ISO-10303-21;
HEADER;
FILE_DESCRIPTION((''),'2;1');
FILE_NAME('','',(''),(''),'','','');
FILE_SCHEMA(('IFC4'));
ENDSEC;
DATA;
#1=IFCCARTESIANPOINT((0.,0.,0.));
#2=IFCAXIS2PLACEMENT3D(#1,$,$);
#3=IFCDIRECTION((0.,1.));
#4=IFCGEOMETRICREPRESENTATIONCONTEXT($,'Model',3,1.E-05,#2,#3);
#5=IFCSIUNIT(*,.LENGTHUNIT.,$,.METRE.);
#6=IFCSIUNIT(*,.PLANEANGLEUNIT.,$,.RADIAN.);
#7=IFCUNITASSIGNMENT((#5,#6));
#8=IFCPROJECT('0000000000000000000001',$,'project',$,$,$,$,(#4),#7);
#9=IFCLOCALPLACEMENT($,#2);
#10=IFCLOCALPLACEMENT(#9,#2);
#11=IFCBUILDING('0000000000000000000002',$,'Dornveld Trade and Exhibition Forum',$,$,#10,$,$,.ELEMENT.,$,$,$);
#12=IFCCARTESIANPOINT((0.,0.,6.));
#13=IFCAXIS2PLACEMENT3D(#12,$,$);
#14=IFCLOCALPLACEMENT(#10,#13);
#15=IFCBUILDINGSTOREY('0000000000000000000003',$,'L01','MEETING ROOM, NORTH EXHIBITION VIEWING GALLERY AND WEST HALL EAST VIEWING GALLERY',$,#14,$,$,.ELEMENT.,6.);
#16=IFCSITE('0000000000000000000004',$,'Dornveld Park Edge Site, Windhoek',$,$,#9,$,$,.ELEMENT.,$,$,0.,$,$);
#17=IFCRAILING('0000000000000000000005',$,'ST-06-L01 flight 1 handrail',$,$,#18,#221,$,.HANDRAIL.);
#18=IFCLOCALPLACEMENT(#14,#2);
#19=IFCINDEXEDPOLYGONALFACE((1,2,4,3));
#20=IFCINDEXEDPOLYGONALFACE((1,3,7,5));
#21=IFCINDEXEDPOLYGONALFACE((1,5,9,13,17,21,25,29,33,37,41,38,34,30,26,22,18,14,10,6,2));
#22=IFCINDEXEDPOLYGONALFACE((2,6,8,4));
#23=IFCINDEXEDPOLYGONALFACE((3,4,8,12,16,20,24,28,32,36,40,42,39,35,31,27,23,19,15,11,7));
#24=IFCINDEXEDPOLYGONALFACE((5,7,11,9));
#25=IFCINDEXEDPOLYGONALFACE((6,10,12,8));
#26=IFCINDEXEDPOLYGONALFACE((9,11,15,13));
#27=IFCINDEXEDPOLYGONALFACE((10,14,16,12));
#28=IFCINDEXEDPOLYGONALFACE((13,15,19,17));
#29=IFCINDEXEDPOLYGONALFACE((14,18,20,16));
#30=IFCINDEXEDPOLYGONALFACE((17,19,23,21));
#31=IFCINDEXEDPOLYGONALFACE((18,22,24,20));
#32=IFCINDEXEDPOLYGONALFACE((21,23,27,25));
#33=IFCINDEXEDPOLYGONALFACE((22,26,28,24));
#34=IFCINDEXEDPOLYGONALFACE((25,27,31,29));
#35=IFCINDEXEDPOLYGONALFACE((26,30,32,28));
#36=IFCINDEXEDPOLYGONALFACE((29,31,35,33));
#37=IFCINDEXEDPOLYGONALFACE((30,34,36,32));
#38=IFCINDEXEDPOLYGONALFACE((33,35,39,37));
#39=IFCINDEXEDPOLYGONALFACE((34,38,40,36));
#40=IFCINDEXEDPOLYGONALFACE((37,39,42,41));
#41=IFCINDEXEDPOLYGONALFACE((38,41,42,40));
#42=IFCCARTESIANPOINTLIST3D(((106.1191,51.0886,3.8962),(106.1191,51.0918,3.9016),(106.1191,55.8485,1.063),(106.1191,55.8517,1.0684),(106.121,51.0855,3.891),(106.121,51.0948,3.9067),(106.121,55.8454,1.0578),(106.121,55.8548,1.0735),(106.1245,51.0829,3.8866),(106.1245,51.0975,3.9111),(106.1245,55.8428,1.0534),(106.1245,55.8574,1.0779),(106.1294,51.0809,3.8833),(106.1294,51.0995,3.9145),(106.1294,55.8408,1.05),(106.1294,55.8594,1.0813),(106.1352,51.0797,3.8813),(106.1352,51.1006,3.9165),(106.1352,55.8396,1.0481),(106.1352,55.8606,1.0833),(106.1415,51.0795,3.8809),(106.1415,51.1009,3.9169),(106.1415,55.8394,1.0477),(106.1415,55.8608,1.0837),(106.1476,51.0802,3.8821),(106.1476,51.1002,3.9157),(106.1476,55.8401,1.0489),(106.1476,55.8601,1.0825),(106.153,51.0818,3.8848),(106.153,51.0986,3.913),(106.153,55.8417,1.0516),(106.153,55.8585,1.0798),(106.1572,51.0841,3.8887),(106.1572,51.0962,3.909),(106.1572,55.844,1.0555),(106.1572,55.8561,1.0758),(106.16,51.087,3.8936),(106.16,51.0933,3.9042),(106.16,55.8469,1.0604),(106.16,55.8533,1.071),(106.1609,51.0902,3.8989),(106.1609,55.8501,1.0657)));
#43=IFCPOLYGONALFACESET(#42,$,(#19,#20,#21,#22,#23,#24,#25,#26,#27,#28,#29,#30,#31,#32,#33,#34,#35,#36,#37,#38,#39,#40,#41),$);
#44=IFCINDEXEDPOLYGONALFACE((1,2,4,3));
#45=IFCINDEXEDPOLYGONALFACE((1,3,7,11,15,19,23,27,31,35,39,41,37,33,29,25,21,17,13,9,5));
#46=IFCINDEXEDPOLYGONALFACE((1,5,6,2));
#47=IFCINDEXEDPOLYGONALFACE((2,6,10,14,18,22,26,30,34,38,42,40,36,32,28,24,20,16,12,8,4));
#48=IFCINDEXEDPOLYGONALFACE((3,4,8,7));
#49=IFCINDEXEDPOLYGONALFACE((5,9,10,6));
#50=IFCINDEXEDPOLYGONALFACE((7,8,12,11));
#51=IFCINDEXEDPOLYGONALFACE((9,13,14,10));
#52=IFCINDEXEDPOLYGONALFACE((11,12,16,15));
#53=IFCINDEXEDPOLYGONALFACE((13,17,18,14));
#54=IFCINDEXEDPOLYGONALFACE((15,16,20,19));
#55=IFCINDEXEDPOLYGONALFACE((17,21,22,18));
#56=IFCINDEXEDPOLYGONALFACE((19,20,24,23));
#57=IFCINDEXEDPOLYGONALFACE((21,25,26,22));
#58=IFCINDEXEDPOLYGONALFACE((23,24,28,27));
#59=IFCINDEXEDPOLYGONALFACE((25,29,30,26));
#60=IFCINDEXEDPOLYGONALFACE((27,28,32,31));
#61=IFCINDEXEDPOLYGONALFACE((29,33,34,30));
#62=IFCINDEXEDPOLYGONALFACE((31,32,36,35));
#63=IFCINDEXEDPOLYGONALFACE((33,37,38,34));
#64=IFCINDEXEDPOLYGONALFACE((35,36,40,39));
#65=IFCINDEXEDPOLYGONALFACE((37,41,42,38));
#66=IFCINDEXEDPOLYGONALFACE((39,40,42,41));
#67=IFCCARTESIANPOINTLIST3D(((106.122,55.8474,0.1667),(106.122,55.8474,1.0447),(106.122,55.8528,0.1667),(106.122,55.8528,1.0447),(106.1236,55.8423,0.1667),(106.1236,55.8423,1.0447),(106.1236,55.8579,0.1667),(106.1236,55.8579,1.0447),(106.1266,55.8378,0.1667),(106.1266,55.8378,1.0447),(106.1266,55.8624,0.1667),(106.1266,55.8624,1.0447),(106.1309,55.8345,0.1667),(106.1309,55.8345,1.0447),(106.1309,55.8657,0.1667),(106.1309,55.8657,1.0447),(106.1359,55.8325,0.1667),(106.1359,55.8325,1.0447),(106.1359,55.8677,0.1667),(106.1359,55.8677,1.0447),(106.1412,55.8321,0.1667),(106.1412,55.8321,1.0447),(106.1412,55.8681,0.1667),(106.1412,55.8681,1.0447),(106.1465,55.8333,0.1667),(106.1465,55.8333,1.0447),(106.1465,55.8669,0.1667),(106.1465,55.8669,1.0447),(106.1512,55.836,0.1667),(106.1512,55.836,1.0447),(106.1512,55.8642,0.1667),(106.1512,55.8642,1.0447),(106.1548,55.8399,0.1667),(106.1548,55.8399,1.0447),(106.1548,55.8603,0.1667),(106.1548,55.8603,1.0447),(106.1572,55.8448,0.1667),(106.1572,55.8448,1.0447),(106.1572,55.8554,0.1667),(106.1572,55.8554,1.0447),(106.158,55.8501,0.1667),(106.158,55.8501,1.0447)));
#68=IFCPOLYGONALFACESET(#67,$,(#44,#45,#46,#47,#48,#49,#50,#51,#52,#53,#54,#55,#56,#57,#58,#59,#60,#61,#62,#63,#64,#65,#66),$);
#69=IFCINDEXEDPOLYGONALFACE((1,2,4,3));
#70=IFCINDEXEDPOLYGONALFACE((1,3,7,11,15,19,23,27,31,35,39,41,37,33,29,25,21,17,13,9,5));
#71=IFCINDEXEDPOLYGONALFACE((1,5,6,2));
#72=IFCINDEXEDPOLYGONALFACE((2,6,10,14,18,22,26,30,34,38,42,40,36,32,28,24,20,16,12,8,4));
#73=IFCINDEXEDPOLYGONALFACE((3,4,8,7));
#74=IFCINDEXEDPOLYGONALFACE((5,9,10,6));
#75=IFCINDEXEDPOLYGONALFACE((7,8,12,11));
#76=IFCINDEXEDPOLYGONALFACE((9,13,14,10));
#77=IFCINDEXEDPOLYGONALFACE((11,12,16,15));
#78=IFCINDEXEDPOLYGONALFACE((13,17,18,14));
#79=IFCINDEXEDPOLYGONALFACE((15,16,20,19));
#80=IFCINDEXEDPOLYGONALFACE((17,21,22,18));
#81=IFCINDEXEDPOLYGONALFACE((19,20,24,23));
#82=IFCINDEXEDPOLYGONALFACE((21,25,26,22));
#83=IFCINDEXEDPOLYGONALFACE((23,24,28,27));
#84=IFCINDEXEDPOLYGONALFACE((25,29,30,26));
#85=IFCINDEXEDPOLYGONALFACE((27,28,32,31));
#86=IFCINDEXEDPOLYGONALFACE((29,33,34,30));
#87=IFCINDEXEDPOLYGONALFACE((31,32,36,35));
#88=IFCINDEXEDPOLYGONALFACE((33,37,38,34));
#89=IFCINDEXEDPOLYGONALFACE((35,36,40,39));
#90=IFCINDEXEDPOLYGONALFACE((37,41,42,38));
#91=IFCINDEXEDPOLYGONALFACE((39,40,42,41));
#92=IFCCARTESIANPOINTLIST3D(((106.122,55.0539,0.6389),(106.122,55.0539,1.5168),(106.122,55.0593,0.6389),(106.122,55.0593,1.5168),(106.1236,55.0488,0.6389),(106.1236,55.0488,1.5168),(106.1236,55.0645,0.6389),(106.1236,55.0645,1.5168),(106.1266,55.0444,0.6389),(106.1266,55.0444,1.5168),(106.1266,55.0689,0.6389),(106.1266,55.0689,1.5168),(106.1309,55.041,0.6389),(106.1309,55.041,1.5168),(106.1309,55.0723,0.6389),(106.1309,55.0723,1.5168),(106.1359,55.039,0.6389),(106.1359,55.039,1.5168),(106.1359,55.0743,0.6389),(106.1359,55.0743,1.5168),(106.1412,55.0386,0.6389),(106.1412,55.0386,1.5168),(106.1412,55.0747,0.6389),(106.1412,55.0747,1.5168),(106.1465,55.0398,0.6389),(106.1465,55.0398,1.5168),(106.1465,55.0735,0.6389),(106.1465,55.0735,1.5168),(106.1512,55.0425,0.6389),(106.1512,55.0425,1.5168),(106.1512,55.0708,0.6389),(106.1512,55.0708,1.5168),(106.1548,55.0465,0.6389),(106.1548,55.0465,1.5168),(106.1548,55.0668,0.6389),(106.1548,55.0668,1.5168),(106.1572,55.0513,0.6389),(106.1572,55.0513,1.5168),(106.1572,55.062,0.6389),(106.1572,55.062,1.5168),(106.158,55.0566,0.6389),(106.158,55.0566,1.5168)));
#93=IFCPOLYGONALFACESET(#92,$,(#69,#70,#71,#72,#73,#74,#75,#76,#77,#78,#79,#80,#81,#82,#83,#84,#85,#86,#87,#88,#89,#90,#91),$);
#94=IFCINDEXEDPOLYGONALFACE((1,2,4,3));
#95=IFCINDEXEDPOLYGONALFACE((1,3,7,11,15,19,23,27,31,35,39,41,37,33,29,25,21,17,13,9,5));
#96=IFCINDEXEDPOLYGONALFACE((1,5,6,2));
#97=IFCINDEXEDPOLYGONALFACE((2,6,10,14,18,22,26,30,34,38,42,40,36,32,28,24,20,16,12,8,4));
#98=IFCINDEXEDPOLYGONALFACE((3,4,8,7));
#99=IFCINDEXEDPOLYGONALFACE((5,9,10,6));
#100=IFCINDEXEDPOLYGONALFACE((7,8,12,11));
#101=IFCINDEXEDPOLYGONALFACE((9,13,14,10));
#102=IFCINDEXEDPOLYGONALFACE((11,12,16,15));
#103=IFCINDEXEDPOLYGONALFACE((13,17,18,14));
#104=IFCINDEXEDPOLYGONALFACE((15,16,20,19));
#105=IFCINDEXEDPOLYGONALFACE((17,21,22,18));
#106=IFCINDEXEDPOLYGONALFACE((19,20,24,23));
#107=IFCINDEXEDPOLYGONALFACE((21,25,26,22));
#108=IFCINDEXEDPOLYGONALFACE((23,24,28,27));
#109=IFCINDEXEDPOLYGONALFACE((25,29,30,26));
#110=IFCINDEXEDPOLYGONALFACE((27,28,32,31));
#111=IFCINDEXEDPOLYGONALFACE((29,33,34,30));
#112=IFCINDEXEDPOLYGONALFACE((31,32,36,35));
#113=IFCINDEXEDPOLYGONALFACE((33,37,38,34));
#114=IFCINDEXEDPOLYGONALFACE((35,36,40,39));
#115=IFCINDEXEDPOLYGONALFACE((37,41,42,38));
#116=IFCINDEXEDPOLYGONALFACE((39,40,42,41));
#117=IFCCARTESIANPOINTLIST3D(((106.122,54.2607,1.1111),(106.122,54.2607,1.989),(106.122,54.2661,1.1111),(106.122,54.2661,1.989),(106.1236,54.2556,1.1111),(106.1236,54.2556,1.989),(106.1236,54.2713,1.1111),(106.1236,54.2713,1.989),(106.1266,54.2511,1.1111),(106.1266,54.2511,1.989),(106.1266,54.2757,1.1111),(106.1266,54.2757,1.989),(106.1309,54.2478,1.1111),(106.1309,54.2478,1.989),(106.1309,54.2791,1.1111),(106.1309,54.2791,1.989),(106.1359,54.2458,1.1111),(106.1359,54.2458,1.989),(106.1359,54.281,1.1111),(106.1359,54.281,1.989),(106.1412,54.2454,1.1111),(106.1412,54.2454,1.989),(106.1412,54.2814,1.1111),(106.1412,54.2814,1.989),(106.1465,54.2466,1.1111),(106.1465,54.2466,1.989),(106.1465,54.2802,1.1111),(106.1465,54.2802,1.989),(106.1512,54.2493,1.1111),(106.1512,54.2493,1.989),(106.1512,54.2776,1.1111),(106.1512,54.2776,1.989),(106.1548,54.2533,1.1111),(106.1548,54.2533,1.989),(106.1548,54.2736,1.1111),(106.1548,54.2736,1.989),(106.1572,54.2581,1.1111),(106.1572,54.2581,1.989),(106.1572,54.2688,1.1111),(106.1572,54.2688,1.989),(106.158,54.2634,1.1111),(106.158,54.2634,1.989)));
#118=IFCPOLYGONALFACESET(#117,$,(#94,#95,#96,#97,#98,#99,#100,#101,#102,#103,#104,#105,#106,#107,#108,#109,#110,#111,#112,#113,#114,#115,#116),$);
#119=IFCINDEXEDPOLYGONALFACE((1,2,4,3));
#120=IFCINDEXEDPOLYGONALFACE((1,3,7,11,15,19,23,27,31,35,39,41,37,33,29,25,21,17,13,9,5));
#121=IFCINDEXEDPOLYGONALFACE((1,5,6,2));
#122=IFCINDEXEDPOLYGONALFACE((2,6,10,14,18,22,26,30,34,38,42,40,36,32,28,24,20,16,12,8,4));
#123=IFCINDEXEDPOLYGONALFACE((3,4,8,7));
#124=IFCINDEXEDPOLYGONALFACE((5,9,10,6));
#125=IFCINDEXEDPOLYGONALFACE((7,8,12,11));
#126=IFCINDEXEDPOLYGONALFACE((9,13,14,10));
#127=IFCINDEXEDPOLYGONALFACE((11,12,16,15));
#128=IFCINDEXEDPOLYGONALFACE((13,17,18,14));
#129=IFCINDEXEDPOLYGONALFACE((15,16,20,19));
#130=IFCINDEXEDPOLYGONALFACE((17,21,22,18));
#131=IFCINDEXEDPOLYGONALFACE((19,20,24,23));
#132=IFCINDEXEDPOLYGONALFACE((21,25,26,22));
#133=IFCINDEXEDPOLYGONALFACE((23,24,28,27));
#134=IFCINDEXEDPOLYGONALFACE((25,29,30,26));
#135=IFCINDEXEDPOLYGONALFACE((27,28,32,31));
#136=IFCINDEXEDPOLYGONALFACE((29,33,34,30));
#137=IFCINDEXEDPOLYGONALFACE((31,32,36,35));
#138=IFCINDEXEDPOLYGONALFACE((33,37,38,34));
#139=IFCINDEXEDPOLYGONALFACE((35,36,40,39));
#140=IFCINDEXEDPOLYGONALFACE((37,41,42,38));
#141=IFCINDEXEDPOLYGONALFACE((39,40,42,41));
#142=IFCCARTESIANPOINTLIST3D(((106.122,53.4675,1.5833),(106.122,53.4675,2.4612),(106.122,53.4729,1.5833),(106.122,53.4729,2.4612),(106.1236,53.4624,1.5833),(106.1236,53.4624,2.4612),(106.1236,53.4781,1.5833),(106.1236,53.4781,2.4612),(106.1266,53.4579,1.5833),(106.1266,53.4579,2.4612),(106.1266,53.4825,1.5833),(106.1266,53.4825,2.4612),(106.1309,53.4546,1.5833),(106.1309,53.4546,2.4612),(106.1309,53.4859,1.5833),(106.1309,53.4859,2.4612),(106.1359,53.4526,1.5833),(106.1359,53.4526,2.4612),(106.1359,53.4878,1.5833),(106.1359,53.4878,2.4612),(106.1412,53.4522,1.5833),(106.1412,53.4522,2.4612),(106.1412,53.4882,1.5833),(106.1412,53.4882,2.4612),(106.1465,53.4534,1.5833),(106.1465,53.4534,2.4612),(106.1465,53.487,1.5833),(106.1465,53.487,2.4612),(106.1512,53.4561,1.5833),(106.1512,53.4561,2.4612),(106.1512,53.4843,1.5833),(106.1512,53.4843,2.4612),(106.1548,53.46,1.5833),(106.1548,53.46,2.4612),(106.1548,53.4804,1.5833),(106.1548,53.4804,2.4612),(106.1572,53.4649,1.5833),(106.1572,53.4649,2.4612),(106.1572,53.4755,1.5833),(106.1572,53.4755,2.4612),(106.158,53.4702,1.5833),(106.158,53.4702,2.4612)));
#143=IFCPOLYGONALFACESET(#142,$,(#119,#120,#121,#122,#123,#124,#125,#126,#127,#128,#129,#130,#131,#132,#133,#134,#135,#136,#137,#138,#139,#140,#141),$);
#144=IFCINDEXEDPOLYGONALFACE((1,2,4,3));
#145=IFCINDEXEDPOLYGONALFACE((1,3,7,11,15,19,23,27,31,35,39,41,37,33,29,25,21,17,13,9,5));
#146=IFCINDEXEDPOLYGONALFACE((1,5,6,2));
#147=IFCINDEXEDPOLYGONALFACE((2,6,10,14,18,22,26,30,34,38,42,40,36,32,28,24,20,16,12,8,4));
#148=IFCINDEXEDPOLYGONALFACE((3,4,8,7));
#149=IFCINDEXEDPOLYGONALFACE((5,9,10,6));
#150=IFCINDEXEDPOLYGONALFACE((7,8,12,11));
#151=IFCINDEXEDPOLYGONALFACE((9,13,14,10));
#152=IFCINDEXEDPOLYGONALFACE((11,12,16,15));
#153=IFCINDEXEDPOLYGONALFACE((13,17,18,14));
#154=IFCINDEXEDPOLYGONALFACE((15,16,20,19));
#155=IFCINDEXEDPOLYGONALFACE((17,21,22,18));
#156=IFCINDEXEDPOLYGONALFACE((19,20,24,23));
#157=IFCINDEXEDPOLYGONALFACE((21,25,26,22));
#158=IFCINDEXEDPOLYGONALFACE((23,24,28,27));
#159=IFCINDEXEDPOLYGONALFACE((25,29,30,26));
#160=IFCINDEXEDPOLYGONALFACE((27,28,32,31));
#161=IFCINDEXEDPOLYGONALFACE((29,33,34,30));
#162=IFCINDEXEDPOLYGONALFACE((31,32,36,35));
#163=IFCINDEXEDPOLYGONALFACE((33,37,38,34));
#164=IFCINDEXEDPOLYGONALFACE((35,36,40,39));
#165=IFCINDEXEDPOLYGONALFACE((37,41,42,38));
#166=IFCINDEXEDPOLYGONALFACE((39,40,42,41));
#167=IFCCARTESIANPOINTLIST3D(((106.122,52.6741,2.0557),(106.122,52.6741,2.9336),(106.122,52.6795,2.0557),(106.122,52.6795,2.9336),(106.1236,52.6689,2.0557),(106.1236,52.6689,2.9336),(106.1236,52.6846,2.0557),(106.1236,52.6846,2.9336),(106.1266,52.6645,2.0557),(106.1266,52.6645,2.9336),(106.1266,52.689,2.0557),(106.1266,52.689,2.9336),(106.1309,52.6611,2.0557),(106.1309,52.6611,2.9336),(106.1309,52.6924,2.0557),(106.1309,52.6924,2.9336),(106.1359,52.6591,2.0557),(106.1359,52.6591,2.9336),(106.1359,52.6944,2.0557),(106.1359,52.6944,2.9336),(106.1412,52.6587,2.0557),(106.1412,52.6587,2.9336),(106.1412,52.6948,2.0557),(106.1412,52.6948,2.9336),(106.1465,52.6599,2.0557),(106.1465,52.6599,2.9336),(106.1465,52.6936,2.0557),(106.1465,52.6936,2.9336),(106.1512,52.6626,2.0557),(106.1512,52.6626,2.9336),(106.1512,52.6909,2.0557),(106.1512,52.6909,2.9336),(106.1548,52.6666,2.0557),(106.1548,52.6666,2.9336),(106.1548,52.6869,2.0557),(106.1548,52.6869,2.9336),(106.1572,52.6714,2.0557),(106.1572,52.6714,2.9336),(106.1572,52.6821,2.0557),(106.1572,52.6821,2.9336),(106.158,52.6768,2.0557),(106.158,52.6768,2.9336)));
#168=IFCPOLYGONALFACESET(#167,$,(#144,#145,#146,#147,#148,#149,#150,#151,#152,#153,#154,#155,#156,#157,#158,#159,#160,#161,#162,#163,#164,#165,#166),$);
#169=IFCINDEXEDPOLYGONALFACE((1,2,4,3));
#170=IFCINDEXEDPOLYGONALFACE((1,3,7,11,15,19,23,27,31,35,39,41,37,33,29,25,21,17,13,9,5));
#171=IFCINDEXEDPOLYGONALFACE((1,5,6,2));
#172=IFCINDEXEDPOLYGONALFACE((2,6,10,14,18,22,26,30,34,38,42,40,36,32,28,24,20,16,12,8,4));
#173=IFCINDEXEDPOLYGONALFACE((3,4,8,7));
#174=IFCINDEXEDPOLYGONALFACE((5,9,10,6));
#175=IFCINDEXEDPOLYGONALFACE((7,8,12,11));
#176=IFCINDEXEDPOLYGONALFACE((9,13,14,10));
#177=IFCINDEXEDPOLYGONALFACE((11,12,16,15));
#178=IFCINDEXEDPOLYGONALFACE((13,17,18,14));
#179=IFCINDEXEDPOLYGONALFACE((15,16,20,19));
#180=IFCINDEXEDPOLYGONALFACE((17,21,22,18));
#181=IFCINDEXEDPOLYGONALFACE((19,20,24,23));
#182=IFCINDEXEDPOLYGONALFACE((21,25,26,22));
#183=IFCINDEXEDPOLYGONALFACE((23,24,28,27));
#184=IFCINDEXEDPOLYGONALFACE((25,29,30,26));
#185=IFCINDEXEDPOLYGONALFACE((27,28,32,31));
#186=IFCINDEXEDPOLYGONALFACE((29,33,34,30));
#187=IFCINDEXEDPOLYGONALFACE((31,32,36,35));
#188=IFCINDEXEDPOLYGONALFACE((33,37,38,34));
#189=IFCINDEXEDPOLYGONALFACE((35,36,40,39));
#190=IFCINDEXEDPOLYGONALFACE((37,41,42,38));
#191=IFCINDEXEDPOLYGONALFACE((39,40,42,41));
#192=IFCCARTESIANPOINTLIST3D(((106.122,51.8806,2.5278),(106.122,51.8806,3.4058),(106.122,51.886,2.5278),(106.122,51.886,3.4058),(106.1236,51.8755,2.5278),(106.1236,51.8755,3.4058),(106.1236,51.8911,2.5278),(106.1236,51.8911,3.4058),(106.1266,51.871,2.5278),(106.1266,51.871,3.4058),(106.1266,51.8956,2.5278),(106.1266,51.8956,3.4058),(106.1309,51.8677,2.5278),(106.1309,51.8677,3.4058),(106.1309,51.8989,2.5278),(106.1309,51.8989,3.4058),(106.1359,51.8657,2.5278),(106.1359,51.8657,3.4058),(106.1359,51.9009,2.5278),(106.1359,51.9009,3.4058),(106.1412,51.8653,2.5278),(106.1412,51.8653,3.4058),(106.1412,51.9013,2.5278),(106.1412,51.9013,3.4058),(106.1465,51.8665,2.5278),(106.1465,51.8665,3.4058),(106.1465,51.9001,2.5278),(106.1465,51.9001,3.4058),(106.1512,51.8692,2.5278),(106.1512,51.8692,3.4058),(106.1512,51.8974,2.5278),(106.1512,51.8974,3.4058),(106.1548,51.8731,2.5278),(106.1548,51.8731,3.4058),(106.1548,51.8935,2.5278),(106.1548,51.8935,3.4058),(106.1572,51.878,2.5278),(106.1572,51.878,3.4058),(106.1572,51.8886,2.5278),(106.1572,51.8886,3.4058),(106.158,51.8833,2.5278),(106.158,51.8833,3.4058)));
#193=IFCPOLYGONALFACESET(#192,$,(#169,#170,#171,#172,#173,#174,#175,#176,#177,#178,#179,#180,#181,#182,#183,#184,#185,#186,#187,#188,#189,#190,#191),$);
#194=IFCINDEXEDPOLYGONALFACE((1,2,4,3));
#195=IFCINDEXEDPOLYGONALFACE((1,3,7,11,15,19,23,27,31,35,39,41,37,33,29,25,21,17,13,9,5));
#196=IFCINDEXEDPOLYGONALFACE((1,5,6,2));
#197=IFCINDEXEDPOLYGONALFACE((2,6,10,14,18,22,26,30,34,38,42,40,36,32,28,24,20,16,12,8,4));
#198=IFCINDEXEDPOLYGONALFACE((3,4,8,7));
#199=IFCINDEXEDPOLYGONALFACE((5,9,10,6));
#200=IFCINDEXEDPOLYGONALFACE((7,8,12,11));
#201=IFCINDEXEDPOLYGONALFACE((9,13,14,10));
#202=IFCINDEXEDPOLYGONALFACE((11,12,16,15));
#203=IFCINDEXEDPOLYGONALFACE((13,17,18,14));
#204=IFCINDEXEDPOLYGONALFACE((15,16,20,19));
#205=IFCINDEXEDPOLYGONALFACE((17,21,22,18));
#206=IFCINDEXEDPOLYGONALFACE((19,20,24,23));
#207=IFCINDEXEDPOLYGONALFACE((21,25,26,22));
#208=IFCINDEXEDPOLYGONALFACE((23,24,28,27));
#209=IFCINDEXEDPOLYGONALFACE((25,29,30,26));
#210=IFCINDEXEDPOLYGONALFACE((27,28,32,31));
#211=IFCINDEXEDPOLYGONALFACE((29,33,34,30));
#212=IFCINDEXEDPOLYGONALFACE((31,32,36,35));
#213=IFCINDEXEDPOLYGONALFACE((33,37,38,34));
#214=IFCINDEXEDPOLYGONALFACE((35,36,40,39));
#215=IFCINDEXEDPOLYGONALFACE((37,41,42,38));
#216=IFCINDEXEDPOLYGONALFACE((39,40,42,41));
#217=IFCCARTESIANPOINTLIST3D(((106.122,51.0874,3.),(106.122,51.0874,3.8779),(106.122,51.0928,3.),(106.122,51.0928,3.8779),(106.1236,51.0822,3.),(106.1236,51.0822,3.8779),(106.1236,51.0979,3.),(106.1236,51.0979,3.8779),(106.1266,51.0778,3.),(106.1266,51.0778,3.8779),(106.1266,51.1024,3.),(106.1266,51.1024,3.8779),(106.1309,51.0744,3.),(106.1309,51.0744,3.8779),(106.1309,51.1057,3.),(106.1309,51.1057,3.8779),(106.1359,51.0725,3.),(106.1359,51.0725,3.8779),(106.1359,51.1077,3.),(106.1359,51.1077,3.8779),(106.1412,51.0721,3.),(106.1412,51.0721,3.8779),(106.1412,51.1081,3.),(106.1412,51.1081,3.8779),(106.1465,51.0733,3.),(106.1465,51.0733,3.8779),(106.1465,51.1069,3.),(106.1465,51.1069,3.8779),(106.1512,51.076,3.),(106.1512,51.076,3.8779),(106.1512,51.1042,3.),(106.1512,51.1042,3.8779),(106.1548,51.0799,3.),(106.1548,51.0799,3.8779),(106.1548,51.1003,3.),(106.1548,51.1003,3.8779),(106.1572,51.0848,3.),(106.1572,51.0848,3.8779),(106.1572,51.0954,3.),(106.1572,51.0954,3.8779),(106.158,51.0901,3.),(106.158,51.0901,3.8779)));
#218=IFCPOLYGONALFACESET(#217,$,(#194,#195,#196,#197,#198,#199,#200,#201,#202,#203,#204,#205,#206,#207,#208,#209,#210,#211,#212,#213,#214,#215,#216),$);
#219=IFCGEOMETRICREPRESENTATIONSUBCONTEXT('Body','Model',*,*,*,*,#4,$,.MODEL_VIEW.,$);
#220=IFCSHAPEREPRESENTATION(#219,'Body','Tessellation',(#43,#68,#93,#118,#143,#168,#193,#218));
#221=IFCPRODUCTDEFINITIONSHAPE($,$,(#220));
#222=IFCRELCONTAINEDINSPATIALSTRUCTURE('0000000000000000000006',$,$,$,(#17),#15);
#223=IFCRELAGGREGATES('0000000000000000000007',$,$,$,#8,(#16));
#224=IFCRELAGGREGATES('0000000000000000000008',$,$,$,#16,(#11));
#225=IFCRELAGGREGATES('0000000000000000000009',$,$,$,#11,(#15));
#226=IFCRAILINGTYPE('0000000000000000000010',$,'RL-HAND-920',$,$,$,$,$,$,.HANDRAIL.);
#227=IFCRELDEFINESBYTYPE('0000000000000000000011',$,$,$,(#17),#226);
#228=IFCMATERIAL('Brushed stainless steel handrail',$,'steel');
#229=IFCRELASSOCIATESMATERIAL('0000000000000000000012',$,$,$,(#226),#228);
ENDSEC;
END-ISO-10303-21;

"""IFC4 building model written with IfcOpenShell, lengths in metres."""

from ifc_helpers import new_model, si_unit, direction, frame, origin, origin_2d, place, context, subcontext, project, spatial, circle, extrude, material, type_object, element, save


model = new_model("IFC4")

# Units and contexts
model_context = context("Model", 3, precision=1e-05, world=origin(), true_north=direction((0.0, 1.0)))
body_context = subcontext(model_context, "Body", "Model", "MODEL_VIEW")
ifc_project = project(units=[si_unit("LENGTHUNIT", "METRE"), si_unit("PLANEANGLEUNIT", "RADIAN")], contexts=[model_context])

# Site, building, storey
site_placement = place(None, origin())
site = spatial("IfcSite", under=ifc_project, at=site_placement, Name="Dornveld Park Edge Site, Windhoek", CompositionType="ELEMENT", RefElevation=0.0)
building_placement = place(site_placement, origin())
building = spatial("IfcBuilding", under=site, at=building_placement, Name="Dornveld Trade and Exhibition Forum", CompositionType="ELEMENT")
storey_placement = place(building_placement, frame((0.0, 0.0, 6.0)))
storey = spatial("IfcBuildingStorey", under=building, at=storey_placement, Name="L01", Description="MEETING ROOM, NORTH EXHIBITION VIEWING GALLERY AND WEST HALL EAST VIEWING GALLERY", CompositionType="ELEMENT", Elevation=6.0)

# Railing
ifc_material_1 = material(Name="Brushed stainless steel handrail", Category="steel")
railing_type_1 = type_object("IfcRailingType", Name="RL-HAND-920", PredefinedType="HANDRAIL", material=ifc_material_1)
railing_1_placement = place(storey_placement, frame((106.1399, 55.8501, 0.1667)))
element("IfcRailing", 1, at=railing_1_placement, inside=storey, type_object=railing_type_1, Name="ST-06-L01 flight 1 handrail", PredefinedType="HANDRAIL", context=body_context, shape_type="SweptSolid", body=[
    extrude(circle(Radius=0.021, at=origin_2d()), frame((0.0, 0.0, 0.8989), z_axis=(0.0, -0.8593, 0.511472), x_axis=(1.0, 0.0, 0.0)), (0.0, 0.0, 1.0), 5.5393),
    extrude(circle(Radius=0.0181, at=origin_2d()), origin(), (0.0, 0.0, 1.0), 0.8779),
    extrude(circle(Radius=0.0181, at=origin_2d()), frame((0.0, -0.7935, 0.4722)), (0.0, 0.0, 1.0), 0.8779),
    extrude(circle(Radius=0.0181, at=origin_2d()), frame((0.0, -1.5867, 0.9443)), (0.0, 0.0, 1.0), 0.8779),
    extrude(circle(Radius=0.0181, at=origin_2d()), frame((0.0, -2.3799, 1.4165)), (0.0, 0.0, 1.0), 0.8779),
    extrude(circle(Radius=0.0181, at=origin_2d()), frame((0.0, -3.1733, 1.8889)), (0.0, 0.0, 1.0), 0.8779),
    extrude(circle(Radius=0.0181, at=origin_2d()), frame((0.0, -3.9668, 2.3611)), (0.0, 0.0, 1.0), 0.8779),
    extrude(circle(Radius=0.0181, at=origin_2d()), frame((0.0, -4.76, 2.8333)), (0.0, 0.0, 1.0), 0.8779),
])

save(model, "model.ifc")
